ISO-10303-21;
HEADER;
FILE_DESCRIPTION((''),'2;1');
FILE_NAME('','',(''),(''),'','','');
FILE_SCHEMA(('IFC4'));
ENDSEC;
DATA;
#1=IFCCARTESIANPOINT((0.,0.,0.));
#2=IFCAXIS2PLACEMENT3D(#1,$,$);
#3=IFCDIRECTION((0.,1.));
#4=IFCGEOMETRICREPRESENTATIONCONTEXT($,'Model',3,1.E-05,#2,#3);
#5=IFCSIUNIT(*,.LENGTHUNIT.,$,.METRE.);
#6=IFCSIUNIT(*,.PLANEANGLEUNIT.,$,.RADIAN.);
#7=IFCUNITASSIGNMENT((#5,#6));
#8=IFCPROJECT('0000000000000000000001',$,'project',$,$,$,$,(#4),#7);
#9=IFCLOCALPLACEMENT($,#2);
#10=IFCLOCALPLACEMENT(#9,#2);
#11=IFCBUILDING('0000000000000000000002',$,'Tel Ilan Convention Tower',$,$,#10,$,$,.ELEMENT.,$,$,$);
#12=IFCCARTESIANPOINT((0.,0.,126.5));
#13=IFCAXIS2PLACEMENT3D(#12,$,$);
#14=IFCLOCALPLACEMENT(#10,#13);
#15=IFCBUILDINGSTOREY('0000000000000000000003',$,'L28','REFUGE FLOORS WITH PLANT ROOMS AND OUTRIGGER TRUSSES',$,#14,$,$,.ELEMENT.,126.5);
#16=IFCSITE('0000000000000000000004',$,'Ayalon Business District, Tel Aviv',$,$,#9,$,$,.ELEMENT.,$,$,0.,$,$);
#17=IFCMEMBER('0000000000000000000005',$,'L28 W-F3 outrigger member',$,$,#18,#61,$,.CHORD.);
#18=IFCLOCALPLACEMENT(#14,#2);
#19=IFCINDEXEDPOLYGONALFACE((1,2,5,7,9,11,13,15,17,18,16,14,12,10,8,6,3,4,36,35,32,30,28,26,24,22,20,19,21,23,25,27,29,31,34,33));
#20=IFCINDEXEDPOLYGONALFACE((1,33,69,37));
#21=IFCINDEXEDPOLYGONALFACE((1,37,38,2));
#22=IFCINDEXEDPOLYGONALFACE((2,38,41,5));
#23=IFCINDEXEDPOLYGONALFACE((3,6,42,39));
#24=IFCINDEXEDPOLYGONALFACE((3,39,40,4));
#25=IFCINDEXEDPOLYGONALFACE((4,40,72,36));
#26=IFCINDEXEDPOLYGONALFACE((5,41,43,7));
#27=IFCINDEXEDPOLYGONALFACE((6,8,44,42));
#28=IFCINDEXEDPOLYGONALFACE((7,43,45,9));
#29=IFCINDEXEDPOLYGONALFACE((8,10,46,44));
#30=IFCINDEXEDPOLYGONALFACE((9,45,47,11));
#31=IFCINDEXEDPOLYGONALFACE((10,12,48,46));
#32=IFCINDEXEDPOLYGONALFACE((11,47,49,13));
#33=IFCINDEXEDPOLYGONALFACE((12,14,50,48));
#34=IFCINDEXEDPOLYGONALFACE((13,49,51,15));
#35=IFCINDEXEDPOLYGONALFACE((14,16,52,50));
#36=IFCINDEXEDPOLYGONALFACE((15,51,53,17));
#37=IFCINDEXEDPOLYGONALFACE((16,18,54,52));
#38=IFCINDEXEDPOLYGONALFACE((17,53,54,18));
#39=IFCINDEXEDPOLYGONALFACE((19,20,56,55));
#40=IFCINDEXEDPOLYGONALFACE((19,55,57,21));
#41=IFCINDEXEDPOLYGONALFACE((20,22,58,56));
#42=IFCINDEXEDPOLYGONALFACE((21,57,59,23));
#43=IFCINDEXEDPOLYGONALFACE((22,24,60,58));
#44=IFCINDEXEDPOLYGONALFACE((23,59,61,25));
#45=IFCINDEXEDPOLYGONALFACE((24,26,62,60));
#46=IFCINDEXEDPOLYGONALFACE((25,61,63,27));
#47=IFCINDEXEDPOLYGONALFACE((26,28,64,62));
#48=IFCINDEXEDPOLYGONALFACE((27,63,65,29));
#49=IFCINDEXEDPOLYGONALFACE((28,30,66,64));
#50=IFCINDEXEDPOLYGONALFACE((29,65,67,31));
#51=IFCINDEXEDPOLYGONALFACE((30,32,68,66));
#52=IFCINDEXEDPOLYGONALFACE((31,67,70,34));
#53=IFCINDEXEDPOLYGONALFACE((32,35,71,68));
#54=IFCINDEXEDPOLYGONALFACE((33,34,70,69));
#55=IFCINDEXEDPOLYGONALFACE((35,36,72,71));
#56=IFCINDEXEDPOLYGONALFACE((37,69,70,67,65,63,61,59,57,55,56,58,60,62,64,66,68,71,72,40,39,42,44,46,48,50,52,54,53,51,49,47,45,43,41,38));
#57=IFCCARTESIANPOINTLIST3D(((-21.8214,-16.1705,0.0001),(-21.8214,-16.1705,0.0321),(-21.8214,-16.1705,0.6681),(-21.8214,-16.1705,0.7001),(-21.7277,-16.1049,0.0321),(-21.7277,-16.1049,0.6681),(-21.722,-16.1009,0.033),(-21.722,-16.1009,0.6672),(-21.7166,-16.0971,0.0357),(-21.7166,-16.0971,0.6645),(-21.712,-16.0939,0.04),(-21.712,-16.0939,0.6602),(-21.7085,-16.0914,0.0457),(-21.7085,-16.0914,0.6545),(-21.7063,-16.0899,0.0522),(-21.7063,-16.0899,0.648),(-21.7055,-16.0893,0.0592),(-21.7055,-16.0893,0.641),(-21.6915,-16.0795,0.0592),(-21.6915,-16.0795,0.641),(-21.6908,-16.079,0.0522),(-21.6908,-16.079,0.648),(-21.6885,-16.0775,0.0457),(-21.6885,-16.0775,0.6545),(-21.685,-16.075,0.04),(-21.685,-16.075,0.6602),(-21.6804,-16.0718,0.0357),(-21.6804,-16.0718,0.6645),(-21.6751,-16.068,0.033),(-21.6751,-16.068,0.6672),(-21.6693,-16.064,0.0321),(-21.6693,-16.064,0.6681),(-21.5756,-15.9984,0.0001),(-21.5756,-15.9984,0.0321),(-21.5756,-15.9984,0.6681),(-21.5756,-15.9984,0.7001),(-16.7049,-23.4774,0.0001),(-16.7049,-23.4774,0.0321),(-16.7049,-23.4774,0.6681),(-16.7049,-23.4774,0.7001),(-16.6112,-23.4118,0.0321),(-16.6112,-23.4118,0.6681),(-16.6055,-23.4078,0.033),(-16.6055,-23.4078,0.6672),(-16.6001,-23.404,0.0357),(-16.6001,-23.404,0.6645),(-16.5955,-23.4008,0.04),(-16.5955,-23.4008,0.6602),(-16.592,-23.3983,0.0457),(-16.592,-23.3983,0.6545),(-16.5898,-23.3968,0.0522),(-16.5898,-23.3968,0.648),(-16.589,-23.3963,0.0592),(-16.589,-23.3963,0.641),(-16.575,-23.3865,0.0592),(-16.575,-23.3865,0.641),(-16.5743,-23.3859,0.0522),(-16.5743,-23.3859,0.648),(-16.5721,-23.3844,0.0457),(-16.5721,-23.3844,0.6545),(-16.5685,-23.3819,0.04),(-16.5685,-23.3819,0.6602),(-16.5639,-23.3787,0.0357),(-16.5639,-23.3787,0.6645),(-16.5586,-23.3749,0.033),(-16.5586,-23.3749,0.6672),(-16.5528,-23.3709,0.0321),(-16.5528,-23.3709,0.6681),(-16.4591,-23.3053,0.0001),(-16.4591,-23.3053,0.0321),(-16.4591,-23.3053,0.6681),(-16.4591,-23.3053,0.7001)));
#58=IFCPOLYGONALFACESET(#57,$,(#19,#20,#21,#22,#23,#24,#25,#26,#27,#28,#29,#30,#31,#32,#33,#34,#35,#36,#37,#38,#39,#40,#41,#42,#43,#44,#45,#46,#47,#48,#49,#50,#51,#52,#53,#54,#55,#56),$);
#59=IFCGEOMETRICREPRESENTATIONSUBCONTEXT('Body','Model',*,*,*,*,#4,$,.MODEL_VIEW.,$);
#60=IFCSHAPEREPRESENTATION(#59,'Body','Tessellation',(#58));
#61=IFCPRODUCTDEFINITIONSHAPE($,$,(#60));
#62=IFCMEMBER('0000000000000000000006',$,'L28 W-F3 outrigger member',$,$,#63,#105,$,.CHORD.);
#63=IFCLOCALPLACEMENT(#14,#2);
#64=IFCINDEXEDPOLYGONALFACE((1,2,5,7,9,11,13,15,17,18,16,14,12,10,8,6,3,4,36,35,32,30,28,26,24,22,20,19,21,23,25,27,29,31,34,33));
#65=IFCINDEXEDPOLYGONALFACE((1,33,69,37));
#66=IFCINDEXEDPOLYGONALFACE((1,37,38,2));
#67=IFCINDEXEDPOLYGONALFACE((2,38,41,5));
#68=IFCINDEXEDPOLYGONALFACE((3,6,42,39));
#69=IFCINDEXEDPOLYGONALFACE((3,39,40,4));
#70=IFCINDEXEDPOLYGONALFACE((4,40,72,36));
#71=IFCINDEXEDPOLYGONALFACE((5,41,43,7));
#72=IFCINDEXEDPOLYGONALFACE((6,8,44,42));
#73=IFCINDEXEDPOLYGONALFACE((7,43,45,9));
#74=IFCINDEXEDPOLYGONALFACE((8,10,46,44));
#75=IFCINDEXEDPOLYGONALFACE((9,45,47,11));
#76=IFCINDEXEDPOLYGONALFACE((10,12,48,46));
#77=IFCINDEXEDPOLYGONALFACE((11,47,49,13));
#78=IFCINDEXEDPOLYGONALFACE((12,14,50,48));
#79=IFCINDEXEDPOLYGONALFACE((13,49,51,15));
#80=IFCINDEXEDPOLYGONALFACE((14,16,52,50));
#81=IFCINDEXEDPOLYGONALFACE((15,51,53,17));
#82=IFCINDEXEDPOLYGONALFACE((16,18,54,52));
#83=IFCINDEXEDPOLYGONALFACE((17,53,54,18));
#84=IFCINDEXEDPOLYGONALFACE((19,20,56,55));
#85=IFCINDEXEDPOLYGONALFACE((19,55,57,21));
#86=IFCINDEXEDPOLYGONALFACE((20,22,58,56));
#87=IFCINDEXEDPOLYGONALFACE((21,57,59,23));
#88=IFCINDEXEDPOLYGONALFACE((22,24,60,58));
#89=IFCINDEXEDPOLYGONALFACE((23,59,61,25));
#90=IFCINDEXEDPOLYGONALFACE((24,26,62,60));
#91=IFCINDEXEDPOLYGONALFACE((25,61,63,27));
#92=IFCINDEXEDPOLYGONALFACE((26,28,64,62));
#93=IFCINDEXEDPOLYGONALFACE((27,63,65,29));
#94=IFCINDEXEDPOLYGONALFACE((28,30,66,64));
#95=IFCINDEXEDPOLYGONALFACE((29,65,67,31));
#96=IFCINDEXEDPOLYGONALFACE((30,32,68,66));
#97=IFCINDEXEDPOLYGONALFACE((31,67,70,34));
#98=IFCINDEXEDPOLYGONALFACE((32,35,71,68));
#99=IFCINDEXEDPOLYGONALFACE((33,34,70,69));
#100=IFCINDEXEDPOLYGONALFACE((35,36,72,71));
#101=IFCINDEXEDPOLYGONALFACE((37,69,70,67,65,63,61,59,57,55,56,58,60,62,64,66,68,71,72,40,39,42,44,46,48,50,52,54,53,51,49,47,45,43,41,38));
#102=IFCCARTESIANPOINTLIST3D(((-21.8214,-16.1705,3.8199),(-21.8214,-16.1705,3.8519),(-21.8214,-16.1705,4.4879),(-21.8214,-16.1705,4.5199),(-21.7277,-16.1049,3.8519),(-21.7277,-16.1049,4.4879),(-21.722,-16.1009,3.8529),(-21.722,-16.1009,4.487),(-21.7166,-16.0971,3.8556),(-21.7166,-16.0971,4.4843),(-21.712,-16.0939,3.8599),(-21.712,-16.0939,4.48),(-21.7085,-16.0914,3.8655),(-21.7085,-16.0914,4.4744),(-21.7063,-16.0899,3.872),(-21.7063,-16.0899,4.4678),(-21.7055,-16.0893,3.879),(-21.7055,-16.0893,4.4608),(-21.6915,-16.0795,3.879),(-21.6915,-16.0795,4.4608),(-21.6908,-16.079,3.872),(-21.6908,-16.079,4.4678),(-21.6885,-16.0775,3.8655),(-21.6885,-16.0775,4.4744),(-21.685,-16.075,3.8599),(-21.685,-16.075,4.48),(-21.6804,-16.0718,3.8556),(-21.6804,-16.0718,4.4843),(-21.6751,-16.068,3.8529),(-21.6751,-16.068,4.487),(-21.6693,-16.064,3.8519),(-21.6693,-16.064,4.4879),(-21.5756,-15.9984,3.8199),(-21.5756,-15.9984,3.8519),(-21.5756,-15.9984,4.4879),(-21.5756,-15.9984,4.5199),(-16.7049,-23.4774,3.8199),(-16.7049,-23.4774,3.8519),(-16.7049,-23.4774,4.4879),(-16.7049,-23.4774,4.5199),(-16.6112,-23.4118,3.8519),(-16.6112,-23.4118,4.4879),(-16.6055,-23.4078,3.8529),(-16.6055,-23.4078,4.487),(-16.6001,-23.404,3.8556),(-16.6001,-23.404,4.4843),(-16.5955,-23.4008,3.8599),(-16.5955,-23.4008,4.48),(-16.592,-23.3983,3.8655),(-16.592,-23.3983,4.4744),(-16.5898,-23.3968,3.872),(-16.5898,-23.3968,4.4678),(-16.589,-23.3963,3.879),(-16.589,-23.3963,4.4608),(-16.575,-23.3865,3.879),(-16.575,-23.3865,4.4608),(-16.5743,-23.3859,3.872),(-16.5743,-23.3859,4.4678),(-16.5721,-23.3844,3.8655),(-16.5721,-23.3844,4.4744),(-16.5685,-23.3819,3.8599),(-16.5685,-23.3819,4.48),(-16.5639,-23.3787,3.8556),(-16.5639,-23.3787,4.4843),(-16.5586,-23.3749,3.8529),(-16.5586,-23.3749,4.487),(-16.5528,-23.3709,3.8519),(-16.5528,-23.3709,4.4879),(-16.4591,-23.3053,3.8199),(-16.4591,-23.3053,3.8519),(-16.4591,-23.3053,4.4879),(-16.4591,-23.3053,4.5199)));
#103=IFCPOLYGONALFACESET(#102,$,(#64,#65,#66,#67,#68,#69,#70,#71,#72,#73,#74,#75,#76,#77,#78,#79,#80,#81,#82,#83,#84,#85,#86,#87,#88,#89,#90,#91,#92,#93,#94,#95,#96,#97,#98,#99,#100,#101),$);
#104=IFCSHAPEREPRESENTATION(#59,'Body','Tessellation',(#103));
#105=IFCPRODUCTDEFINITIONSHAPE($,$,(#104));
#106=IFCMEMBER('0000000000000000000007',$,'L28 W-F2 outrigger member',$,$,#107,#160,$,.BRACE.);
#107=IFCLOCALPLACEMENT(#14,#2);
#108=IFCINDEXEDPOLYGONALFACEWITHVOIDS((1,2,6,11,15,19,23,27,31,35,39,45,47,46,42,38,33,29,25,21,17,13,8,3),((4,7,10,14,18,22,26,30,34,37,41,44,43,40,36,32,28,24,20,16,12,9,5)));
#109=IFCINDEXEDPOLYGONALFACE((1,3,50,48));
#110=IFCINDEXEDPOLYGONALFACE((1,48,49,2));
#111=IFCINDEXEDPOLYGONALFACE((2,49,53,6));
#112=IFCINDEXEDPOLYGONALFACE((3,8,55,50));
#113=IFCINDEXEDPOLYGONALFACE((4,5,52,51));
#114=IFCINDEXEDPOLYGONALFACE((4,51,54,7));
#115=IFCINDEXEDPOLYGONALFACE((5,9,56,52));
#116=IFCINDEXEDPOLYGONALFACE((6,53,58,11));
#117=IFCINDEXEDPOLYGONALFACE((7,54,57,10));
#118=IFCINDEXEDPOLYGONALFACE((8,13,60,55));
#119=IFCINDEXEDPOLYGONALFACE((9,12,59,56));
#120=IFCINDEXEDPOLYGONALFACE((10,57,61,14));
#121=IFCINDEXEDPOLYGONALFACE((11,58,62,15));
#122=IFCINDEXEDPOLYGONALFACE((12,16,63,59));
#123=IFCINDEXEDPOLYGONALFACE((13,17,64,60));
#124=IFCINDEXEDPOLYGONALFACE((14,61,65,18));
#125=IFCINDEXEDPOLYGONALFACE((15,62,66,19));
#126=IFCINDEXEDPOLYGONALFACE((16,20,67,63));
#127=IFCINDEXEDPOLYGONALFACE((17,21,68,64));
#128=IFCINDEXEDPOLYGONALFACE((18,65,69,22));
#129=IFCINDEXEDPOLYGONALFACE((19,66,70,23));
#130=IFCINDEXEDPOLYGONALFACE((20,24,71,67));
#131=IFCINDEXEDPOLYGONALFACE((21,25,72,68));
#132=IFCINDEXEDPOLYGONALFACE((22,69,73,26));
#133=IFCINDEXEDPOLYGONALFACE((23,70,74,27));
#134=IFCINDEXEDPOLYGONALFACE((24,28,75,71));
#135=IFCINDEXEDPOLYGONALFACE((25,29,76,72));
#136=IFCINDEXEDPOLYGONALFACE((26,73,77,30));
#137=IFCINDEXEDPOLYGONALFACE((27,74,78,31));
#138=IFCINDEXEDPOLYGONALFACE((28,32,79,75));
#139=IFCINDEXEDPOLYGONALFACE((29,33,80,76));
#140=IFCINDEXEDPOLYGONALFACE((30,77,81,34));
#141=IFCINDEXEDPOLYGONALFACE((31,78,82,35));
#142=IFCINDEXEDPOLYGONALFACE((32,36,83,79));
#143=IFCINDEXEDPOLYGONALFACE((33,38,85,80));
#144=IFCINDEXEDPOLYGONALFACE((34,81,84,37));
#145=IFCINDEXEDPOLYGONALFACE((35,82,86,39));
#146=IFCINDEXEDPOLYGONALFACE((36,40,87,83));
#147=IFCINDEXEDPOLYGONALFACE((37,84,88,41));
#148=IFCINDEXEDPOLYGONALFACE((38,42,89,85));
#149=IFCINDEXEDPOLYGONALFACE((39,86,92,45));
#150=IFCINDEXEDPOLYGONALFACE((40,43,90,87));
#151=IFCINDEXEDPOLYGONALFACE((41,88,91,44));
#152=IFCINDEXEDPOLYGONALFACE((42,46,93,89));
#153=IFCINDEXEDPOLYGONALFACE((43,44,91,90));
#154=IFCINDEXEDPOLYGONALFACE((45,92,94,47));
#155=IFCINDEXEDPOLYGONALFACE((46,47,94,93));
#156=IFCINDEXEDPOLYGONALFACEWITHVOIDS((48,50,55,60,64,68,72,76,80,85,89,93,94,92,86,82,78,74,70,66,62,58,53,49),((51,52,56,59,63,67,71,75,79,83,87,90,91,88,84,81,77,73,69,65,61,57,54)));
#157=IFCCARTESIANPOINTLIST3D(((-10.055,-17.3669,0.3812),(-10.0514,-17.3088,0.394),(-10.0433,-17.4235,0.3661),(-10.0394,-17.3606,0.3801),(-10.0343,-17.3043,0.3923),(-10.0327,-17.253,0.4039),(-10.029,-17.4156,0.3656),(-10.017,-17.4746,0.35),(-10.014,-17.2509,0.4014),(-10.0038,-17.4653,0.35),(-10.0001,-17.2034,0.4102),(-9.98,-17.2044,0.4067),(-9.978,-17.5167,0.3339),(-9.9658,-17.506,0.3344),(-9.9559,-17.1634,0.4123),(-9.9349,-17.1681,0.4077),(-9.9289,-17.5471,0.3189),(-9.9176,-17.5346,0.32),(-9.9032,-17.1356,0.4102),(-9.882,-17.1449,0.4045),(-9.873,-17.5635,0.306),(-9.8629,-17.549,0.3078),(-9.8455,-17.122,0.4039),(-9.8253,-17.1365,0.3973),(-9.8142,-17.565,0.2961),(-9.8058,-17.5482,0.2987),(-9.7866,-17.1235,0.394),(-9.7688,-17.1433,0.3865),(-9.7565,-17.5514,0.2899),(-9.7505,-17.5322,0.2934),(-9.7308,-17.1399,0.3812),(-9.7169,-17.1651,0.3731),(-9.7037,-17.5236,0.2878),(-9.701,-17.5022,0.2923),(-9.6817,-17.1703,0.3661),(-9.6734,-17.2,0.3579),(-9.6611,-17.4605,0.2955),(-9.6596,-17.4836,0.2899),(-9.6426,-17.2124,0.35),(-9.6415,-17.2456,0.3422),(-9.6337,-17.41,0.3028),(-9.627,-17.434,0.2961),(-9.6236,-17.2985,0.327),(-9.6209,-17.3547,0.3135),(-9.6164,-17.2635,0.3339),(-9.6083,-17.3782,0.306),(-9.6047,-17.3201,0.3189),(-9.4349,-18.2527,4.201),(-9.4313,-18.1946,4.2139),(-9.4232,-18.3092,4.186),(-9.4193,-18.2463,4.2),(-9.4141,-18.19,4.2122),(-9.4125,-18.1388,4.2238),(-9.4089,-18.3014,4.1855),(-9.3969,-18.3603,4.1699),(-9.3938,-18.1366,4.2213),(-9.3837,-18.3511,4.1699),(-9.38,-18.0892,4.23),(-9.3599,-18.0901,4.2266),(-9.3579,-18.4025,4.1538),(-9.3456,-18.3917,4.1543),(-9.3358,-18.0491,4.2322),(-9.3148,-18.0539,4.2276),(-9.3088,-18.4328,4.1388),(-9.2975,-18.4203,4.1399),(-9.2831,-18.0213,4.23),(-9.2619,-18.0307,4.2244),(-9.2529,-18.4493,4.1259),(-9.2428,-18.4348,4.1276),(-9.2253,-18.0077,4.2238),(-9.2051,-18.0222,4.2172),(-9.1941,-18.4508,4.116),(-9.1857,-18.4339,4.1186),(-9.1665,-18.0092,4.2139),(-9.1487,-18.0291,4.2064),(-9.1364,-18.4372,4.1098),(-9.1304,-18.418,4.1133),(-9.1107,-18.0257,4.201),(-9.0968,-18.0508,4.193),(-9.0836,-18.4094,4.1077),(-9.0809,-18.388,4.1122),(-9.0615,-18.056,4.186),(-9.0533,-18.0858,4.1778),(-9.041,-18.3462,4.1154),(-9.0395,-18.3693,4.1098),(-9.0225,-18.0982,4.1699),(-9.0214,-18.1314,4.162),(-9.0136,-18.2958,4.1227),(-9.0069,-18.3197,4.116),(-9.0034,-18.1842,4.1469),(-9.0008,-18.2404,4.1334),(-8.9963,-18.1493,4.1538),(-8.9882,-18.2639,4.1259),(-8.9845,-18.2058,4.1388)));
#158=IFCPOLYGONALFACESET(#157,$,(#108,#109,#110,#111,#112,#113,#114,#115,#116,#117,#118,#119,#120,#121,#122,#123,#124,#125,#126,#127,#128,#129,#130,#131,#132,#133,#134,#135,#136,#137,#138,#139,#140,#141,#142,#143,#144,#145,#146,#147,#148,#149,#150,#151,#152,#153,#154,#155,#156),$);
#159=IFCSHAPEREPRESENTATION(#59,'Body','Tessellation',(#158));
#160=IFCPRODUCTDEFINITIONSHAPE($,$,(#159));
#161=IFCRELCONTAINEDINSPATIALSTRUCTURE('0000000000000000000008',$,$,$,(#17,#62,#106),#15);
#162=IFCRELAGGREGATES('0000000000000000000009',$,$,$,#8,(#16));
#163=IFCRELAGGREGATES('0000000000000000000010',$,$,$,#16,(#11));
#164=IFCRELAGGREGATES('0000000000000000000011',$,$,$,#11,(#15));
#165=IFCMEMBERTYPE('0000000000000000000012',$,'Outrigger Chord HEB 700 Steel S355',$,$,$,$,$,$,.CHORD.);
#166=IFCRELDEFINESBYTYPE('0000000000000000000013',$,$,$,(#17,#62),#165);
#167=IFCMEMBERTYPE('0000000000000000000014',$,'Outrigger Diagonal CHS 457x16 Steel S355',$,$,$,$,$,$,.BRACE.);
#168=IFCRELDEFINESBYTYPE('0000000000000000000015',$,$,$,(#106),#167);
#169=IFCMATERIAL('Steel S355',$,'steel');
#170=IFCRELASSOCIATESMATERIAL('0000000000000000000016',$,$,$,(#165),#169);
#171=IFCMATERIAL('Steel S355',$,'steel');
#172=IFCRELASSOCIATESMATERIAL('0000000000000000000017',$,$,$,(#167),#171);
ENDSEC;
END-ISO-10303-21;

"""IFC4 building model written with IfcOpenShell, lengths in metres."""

from ifc_helpers import new_model, si_unit, direction, frame, origin, origin_2d, place, context, subcontext, project, spatial, hollow_circle, i_section, extrude, material, material_profile, profile_set, type_object, element, save


model = new_model("IFC4")

# Units and contexts
model_context = context("Model", 3, precision=1e-05, world=origin(), true_north=direction((0.0, 1.0)))
body_context = subcontext(model_context, "Body", "Model", "MODEL_VIEW")
ifc_project = project(units=[si_unit("LENGTHUNIT", "METRE"), si_unit("PLANEANGLEUNIT", "RADIAN")], contexts=[model_context])

# Site, building, storey
site_placement = place(None, origin())
site = spatial("IfcSite", under=ifc_project, at=site_placement, Name="Ayalon Business District, Tel Aviv", CompositionType="ELEMENT", RefElevation=0.0)
building_placement = place(site_placement, origin())
building = spatial("IfcBuilding", under=site, at=building_placement, Name="Tel Ilan Convention Tower", CompositionType="ELEMENT")
storey_placement = place(building_placement, frame((0.0, 0.0, 126.5)))
storey = spatial("IfcBuildingStorey", under=building, at=storey_placement, Name="L28", Description="REFUGE FLOORS WITH PLANT ROOMS AND OUTRIGGER TRUSSES", CompositionType="ELEMENT", Elevation=126.5)

# Members
ifc_material_1 = material(Name="Steel S355", Category="steel")
ifc_material_profile_1 = material_profile(ifc_material_1, i_section(OverallWidth=0.3, OverallDepth=0.7, WebThickness=0.0171, FlangeThickness=0.032, FilletRadius=0.0271, at=origin_2d()), Name="HEB 700")
ifc_profile_set_1 = profile_set([ifc_material_profile_1], Name="Steel S355")
member_type_1 = type_object("IfcMemberType", Name="Outrigger Chord HEB 700 Steel S355", PredefinedType="CHORD", material=ifc_profile_set_1)
for number, where, z_axis, x_axis, name in (
    (1, (-16.582, -23.3914, 0.3501), (-0.573585, 0.819146, 0.0), (-0.819146, -0.573585, 0.0), "L28 W-F3 outrigger member"),
    (2, (-16.582, -23.3914, 4.1699), (-0.573585, 0.819146, 0.0), (-0.819146, -0.573585, 0.0), "L28 W-F3 outrigger member"),
):
    element("IfcMember", number, at=place(storey_placement, frame(where, z_axis=z_axis, x_axis=x_axis)), inside=storey, type_object=member_type_1, Name=name, PredefinedType="CHORD", context=body_context, shape_type="SweptSolid", body=[
        extrude(i_section(OverallWidth=0.3, OverallDepth=0.7, WebThickness=0.0171, FlangeThickness=0.032, FilletRadius=0.0271, at=origin_2d()), origin(), (0.0, 0.0, 1.0), 8.9202),
    ])
ifc_material_2 = material(Name="Steel S355", Category="steel")
ifc_material_profile_2 = material_profile(ifc_material_2, hollow_circle(Radius=0.2285, WallThickness=0.0161, at=origin_2d()), Name="CHS 457x16")
ifc_profile_set_2 = profile_set([ifc_material_profile_2], Name="Steel S355")
member_type_2 = type_object("IfcMemberType", Name="Outrigger Diagonal CHS 457x16 Steel S355", PredefinedType="BRACE", material=ifc_profile_set_2)
for number, where, z_axis, x_axis, name in (
    (3, (-9.2097, -18.2292, 4.1699), (-0.156205, 0.223114, -0.962195), (-0.819189, -0.573523, 0.0), "L28 W-F2 outrigger member"),
):
    element("IfcMember", number, at=place(storey_placement, frame(where, z_axis=z_axis, x_axis=x_axis)), inside=storey, type_object=member_type_2, Name=name, PredefinedType="BRACE", context=body_context, shape_type="SweptSolid", body=[
        extrude(hollow_circle(Radius=0.2285, WallThickness=0.0161, at=origin_2d()), origin(), (0.0, 0.0, 1.0), 3.97),
    ])

save(model, "model.ifc")
